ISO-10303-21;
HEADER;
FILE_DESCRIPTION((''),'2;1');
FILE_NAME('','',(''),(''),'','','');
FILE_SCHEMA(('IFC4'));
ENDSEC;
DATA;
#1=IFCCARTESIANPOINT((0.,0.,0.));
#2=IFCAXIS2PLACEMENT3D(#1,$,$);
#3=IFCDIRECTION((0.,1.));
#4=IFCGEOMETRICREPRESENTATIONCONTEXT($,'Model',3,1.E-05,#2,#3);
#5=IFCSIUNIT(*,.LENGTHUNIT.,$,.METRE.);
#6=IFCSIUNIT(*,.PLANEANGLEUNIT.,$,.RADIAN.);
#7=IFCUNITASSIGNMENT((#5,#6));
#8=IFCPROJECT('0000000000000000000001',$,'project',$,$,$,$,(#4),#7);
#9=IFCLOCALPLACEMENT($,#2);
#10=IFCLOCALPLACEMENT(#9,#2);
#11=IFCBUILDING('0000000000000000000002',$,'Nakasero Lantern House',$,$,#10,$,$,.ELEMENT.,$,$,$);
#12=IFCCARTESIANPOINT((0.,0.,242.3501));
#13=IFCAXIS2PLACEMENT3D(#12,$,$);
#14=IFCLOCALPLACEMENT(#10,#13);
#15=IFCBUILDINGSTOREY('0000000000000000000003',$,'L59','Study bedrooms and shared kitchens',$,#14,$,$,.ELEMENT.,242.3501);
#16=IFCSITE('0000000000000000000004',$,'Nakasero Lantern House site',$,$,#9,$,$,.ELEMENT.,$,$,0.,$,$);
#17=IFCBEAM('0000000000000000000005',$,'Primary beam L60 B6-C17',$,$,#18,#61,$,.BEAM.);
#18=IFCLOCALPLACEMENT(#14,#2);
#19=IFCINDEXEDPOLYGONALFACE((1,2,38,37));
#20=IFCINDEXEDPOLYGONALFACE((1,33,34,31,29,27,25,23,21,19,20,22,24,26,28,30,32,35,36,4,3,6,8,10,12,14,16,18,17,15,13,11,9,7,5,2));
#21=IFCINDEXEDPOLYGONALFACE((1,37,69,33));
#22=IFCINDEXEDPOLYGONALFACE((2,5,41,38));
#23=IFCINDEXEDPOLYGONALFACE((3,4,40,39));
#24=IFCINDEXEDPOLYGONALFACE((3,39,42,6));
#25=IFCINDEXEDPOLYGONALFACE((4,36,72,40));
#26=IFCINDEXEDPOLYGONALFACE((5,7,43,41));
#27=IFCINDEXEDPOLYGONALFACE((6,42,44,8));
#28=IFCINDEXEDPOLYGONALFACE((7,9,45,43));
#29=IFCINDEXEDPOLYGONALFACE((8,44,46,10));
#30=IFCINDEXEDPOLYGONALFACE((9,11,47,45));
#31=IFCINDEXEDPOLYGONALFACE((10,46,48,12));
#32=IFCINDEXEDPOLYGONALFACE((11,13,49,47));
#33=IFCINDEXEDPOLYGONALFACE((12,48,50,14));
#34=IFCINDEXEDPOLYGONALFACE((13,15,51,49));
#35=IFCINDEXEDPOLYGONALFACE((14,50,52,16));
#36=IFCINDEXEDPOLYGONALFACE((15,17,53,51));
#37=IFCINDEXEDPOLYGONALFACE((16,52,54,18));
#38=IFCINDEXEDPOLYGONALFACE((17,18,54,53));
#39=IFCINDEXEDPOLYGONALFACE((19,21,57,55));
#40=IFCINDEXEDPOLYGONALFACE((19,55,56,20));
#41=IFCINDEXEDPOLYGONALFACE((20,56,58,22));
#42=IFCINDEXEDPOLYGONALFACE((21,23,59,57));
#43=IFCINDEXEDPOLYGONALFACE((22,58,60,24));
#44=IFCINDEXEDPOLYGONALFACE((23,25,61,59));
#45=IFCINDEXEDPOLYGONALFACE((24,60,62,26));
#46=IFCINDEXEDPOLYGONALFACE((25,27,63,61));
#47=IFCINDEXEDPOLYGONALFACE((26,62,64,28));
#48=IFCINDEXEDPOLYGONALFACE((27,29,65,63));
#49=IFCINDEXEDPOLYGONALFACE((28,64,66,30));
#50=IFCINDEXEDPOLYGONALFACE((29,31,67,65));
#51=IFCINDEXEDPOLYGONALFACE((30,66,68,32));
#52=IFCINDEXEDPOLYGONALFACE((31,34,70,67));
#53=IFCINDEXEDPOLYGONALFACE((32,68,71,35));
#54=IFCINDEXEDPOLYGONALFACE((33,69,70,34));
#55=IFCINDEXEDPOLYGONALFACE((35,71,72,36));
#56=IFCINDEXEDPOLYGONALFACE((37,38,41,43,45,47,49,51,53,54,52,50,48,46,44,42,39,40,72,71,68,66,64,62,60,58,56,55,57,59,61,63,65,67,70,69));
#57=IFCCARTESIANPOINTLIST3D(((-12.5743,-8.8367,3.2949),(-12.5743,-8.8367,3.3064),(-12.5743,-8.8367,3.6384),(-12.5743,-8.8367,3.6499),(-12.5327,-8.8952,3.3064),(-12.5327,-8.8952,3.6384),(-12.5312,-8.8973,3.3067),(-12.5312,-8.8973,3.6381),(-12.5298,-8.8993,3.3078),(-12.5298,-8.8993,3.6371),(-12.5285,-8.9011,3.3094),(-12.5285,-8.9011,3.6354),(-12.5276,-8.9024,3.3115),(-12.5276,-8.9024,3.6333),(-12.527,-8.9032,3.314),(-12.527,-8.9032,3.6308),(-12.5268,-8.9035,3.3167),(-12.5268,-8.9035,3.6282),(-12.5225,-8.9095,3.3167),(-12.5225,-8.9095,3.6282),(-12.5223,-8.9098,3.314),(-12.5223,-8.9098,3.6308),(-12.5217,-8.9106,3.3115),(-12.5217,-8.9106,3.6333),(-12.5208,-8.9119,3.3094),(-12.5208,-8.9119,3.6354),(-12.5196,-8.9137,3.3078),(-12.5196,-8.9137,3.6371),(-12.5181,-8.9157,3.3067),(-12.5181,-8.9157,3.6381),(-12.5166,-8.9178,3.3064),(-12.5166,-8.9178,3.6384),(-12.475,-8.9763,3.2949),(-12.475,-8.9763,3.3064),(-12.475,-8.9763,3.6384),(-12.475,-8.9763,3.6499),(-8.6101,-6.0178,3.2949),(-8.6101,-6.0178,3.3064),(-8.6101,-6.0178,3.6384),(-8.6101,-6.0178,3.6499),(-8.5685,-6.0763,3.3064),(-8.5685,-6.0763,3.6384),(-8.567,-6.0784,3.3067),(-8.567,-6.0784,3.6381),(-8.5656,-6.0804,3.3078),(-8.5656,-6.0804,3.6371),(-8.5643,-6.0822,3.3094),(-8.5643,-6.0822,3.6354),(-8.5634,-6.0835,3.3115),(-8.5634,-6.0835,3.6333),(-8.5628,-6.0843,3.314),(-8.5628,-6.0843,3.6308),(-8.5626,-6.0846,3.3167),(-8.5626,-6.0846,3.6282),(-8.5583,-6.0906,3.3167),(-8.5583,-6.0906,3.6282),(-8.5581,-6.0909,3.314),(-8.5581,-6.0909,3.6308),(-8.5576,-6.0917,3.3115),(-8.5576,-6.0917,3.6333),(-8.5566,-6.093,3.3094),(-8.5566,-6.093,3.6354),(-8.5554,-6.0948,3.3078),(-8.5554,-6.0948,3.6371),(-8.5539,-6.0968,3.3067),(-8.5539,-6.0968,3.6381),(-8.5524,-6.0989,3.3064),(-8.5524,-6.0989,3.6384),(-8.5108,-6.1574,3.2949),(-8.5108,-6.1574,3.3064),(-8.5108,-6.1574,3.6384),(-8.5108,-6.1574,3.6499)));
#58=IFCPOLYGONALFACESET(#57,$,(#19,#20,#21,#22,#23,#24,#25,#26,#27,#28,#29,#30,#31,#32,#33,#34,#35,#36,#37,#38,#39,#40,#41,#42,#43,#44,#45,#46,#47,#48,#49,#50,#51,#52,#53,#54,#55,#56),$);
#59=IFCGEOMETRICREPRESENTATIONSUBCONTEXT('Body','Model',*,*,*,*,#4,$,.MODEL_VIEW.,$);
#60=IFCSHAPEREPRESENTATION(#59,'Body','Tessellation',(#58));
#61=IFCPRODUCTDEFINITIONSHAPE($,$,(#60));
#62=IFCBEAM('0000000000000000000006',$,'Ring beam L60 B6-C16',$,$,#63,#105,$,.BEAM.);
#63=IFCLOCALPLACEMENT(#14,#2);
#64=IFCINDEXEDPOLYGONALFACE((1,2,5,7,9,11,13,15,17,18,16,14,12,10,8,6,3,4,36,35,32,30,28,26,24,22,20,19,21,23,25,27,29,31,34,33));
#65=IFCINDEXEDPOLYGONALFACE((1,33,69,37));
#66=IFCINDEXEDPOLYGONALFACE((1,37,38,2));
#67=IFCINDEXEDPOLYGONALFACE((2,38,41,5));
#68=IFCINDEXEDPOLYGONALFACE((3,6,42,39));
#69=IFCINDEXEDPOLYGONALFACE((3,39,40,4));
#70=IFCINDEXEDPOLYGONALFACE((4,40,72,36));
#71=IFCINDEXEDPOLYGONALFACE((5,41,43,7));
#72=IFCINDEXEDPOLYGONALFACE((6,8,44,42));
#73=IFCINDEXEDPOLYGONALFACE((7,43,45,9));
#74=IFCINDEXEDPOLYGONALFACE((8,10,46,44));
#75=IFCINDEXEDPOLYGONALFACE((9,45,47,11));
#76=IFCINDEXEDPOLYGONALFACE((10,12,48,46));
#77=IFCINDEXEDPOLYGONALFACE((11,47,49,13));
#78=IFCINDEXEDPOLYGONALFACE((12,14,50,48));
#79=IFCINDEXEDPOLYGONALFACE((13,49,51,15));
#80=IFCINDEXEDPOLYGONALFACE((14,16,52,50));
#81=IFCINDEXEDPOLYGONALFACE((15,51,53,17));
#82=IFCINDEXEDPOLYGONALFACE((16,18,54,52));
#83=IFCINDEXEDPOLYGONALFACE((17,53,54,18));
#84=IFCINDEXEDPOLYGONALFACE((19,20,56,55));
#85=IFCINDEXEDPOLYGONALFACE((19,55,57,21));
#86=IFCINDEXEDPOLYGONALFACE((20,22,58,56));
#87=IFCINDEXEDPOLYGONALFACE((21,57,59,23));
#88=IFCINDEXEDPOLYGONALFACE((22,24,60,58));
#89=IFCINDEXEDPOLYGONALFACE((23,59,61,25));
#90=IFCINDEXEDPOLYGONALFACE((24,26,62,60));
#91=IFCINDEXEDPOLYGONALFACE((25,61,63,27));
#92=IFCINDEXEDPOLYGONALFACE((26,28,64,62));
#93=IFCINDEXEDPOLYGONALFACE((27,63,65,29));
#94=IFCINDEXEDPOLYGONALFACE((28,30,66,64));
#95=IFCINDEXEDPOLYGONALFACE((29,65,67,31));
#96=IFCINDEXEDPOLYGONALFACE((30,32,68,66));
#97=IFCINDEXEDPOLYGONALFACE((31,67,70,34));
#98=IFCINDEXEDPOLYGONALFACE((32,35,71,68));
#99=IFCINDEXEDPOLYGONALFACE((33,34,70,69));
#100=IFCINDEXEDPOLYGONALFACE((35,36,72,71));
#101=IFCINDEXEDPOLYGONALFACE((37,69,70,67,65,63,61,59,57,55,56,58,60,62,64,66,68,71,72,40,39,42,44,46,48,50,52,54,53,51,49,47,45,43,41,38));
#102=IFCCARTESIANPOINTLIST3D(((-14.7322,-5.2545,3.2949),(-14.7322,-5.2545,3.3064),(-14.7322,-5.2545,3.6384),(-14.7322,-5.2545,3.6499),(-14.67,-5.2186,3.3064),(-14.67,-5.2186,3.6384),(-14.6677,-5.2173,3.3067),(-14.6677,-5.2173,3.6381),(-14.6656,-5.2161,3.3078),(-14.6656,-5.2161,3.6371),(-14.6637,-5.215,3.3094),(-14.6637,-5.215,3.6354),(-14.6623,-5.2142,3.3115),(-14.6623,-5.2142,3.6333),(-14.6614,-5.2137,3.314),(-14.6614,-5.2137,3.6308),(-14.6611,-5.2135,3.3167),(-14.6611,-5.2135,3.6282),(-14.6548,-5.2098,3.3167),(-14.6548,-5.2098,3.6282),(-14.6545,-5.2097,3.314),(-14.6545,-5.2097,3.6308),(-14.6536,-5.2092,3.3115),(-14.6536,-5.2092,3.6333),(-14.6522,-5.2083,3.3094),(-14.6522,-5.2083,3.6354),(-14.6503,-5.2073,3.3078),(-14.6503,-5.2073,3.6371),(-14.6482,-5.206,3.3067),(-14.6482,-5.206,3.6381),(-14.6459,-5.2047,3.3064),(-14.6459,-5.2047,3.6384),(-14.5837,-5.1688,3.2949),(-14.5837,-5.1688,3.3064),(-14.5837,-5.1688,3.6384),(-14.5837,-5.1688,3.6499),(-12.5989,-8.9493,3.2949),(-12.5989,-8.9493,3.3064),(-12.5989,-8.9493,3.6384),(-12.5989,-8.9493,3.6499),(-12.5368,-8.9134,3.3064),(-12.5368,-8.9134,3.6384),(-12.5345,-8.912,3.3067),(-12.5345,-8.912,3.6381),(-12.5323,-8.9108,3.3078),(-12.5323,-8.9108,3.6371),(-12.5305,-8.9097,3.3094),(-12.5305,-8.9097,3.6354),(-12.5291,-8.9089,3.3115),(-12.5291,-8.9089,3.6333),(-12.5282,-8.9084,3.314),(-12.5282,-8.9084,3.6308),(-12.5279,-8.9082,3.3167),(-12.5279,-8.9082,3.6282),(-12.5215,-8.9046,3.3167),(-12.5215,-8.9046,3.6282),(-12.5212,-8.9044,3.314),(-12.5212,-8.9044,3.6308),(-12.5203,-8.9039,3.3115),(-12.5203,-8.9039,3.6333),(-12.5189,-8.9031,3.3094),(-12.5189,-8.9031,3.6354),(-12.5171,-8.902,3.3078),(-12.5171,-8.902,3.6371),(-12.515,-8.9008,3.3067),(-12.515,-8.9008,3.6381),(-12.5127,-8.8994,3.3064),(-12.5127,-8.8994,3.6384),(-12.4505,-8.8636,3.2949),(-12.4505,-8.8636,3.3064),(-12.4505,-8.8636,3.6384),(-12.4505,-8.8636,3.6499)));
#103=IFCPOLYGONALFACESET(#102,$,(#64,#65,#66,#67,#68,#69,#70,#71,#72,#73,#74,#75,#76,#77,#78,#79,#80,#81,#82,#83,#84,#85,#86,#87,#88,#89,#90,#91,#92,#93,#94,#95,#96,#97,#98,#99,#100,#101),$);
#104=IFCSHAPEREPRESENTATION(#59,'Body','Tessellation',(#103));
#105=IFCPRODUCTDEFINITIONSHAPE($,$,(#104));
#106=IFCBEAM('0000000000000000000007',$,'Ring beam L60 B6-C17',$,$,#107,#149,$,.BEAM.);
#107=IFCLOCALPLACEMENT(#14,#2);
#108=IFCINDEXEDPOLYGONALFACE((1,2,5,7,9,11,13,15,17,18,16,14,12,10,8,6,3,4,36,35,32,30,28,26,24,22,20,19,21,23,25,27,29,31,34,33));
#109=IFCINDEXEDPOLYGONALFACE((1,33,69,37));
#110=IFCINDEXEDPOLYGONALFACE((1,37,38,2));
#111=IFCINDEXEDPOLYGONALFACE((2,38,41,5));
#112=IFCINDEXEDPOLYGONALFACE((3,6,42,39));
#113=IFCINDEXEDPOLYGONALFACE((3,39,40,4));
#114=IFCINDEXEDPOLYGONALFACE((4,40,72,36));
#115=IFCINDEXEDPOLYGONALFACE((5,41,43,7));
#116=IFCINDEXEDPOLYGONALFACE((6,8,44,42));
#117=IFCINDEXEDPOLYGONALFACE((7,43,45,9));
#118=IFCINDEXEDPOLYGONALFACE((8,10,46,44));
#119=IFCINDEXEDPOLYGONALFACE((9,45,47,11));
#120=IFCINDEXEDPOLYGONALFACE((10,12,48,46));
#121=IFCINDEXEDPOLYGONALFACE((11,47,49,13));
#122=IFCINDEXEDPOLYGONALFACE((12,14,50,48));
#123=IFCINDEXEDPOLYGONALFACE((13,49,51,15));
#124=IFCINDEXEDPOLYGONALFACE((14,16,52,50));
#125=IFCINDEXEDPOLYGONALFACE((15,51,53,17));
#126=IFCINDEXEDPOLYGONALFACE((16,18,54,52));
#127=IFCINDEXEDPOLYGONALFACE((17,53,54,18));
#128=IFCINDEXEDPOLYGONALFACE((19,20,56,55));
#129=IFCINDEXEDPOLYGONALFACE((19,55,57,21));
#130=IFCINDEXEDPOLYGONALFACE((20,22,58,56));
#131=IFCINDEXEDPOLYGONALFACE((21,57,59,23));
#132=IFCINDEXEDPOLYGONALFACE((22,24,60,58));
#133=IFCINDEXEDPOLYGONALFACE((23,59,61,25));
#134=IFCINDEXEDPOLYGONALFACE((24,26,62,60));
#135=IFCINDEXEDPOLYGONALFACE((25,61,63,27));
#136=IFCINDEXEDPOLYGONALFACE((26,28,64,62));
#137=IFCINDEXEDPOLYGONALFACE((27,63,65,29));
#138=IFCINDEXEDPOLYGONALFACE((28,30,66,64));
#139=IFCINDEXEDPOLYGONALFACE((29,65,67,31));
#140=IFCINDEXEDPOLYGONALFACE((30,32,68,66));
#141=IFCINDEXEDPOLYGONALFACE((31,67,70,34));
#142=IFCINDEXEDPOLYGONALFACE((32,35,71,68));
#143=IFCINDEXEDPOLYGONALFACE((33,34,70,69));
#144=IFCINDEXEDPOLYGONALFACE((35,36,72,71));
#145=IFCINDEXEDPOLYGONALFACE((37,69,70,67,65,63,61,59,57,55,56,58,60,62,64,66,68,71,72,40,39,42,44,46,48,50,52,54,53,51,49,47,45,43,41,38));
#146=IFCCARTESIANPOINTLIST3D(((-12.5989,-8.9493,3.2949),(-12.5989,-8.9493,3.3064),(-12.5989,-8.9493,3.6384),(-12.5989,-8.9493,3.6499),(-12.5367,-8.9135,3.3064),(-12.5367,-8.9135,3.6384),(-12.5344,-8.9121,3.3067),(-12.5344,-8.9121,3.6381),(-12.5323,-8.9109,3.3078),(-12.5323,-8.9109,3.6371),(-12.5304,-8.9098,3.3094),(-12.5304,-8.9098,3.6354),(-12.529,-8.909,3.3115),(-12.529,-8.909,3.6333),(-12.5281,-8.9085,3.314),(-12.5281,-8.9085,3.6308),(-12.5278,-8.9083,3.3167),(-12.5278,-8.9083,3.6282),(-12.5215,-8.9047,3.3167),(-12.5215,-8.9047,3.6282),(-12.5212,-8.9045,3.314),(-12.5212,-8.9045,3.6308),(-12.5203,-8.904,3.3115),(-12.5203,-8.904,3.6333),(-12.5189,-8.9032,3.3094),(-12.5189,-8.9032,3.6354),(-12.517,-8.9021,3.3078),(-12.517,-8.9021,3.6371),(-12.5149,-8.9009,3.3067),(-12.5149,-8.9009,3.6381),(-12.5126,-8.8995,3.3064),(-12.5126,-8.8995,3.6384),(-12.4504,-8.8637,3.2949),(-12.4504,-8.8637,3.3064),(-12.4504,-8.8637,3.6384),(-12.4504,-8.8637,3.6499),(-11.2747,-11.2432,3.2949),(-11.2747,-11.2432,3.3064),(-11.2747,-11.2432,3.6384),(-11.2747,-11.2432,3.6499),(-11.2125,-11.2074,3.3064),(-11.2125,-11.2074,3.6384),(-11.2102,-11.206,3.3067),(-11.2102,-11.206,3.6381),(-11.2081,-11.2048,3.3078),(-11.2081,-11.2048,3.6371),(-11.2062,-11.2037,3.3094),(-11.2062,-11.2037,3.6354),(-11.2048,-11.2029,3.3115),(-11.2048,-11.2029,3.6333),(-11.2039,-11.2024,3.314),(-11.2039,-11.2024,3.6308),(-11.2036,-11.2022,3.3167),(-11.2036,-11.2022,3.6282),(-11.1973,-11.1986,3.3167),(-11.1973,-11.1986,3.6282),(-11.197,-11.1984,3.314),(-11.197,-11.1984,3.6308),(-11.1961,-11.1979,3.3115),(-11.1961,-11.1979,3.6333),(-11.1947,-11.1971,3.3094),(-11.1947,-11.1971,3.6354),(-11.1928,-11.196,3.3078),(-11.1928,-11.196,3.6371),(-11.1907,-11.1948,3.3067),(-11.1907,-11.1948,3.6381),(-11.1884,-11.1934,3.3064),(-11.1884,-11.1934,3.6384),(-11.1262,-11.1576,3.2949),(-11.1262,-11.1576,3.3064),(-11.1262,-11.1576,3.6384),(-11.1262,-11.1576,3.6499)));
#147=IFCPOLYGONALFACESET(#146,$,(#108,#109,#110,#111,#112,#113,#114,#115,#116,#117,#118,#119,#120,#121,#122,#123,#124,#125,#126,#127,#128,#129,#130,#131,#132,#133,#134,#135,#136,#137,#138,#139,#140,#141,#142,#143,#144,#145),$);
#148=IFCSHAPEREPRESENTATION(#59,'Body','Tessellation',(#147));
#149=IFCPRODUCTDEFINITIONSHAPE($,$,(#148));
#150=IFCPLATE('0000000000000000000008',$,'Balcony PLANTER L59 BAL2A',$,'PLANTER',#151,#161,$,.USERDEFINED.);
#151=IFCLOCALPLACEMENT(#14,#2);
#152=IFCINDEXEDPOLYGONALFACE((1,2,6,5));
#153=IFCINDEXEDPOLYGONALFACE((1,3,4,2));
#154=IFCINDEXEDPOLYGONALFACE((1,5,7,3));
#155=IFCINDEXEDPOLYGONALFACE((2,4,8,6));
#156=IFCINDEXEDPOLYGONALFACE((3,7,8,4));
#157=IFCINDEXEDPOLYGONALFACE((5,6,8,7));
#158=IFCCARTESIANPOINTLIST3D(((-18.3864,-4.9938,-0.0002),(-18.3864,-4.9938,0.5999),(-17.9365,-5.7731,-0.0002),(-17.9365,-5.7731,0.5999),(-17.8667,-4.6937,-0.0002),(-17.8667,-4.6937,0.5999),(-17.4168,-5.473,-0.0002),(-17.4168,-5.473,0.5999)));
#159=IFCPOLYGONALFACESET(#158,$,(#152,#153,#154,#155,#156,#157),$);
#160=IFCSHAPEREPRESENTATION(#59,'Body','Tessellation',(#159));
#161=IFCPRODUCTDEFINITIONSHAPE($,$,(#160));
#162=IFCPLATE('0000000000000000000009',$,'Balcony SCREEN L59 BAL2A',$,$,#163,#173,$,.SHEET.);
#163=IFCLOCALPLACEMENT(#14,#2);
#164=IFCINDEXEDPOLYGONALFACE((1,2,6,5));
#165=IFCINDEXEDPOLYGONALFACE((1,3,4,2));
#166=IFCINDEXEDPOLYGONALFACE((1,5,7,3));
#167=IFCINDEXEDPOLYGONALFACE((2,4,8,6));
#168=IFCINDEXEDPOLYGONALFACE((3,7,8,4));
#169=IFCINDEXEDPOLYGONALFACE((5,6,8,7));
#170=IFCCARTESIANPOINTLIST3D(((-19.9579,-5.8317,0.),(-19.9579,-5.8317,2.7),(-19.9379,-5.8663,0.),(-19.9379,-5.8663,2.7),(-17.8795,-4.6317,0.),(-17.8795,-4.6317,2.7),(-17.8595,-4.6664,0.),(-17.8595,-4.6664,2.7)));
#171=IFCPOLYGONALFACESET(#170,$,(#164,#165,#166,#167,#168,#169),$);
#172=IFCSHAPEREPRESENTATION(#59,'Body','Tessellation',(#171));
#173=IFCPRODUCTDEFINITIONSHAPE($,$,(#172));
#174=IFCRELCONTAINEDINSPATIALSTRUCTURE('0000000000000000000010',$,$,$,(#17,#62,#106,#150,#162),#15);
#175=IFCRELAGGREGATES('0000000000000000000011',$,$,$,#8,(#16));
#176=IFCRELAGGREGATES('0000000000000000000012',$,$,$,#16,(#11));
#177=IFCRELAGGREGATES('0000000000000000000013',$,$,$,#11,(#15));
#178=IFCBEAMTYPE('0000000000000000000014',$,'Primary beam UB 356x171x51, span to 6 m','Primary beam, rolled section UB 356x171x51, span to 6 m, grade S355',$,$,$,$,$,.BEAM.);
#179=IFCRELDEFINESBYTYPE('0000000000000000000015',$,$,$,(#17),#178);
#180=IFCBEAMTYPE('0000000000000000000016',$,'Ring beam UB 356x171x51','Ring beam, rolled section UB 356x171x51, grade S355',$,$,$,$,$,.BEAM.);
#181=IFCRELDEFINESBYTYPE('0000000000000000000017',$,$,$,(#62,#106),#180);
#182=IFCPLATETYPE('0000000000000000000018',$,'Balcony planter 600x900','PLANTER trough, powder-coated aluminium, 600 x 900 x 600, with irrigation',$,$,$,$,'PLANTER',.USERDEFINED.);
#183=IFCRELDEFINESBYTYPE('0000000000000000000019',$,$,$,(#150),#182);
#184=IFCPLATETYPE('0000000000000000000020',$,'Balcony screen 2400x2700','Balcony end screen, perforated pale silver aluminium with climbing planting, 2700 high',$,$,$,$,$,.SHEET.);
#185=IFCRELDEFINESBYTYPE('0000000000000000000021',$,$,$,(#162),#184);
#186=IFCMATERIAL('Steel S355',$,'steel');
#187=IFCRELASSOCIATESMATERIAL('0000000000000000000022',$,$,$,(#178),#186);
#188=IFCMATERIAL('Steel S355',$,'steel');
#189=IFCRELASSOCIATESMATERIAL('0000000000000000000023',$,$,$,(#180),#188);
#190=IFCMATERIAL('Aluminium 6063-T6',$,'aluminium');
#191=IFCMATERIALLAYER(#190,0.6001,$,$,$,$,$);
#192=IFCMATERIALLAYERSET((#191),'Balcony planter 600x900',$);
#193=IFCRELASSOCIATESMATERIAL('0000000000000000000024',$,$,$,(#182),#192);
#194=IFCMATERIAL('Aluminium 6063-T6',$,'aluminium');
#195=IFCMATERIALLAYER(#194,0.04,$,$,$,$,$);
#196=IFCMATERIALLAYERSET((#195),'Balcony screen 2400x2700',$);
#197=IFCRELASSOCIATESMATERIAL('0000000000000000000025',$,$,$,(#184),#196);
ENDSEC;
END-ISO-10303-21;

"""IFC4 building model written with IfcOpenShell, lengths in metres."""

from ifc_helpers import new_model, si_unit, direction, frame, origin, origin_2d, place, context, subcontext, project, spatial, rectangle, i_section, extrude, material, layer, layer_set, material_profile, profile_set, type_object, element, save


model = new_model("IFC4")

# Units and contexts
model_context = context("Model", 3, precision=1e-05, world=origin(), true_north=direction((0.0, 1.0)))
body_context = subcontext(model_context, "Body", "Model", "MODEL_VIEW")
ifc_project = project(units=[si_unit("LENGTHUNIT", "METRE"), si_unit("PLANEANGLEUNIT", "RADIAN")], contexts=[model_context])

# Site, building, storey
site_placement = place(None, origin())
site = spatial("IfcSite", under=ifc_project, at=site_placement, Name="Nakasero Lantern House site", CompositionType="ELEMENT", RefElevation=0.0)
building_placement = place(site_placement, origin())
building = spatial("IfcBuilding", under=site, at=building_placement, Name="Nakasero Lantern House", CompositionType="ELEMENT")
storey_placement = place(building_placement, frame((0.0, 0.0, 242.3501)))
storey = spatial("IfcBuildingStorey", under=building, at=storey_placement, Name="L59", Description="Study bedrooms and shared kitchens", CompositionType="ELEMENT", Elevation=242.3501)

# Beams
ifc_material_1 = material(Name="Steel S355", Category="steel")
ifc_material_profile_1 = material_profile(ifc_material_1, i_section(OverallWidth=0.1714, OverallDepth=0.355, WebThickness=0.0073, FlangeThickness=0.0115, FilletRadius=0.0103, at=origin_2d()), Name="UB 356x171x51")
ifc_profile_set_1 = profile_set([ifc_material_profile_1], Name="Steel S355")
beam_type_1 = type_object("IfcBeamType", Name="Primary beam UB 356x171x51, span to 6 m", Description="Primary beam, rolled section UB 356x171x51, span to 6 m, grade S355", PredefinedType="BEAM", material=ifc_profile_set_1)
beam_1_placement = place(storey_placement, frame((-12.5247, -8.9065, 3.4724), z_axis=(0.814963, 0.579513, 0.0), x_axis=(-0.579513, 0.814963, 0.0)))
element("IfcBeam", 1, at=beam_1_placement, inside=storey, type_object=beam_type_1, Name="Primary beam L60 B6-C17", PredefinedType="BEAM", context=body_context, shape_type="SweptSolid", body=[
    extrude(i_section(OverallWidth=0.1714, OverallDepth=0.355, WebThickness=0.0073, FlangeThickness=0.0115, FilletRadius=0.0103, at=origin_2d()), origin(), (0.0, 0.0, 1.0), 4.8643),
])
ifc_material_2 = material(Name="Steel S355", Category="steel")
ifc_material_profile_2 = material_profile(ifc_material_2, i_section(OverallWidth=0.1714, OverallDepth=0.355, WebThickness=0.0073, FlangeThickness=0.0115, FilletRadius=0.0103, at=origin_2d()), Name="UB 356x171x51")
ifc_profile_set_2 = profile_set([ifc_material_profile_2], Name="Steel S355")
beam_type_2 = type_object("IfcBeamType", Name="Ring beam UB 356x171x51", Description="Ring beam, rolled section UB 356x171x51, grade S355", PredefinedType="BEAM", material=ifc_profile_set_2)
beam_2_placement = place(storey_placement, frame((-14.658, -5.2117, 3.4724), z_axis=(0.500016, -0.866016, 0.0), x_axis=(0.866016, 0.500016, 0.0)))
element("IfcBeam", 2, at=beam_2_placement, inside=storey, type_object=beam_type_2, Name="Ring beam L60 B6-C16", PredefinedType="BEAM", context=body_context, shape_type="SweptSolid", body=[
    extrude(i_section(OverallWidth=0.1714, OverallDepth=0.355, WebThickness=0.0073, FlangeThickness=0.0115, FilletRadius=0.0103, at=origin_2d()), origin(), (0.0, 0.0, 1.0), 4.2664),
])
beam_3_placement = place(storey_placement, frame((-12.5247, -8.9065, 3.4724), z_axis=(0.499946, -0.866057, 0.0), x_axis=(0.866057, 0.499946, 0.0)))
element("IfcBeam", 3, at=beam_3_placement, inside=storey, type_object=beam_type_2, Name="Ring beam L60 B6-C17", PredefinedType="BEAM", context=body_context, shape_type="SweptSolid", body=[
    extrude(i_section(OverallWidth=0.1714, OverallDepth=0.355, WebThickness=0.0073, FlangeThickness=0.0115, FilletRadius=0.0103, at=origin_2d()), origin(), (0.0, 0.0, 1.0), 2.6487),
])

# Plates
ifc_material_3 = material(Name="Aluminium 6063-T6", Category="aluminium")
ifc_layer_1 = layer(ifc_material_3, 0.6001)
ifc_layer_set_1 = layer_set([ifc_layer_1], Name="Balcony planter 600x900")
plate_type_1 = type_object("IfcPlateType", Name="Balcony planter 600x900", Description="PLANTER trough, powder-coated aluminium, 600 x 900 x 600, with irrigation", ElementType="PLANTER", PredefinedType="USERDEFINED", material=ifc_layer_set_1)
plate_1_placement = place(storey_placement, frame((-17.9016, -5.2334, -0.0002), z_axis=(0.0, 0.0, 1.0), x_axis=(-0.866025, -0.5, 0.0)))
element("IfcPlate", 4, at=plate_1_placement, inside=storey, type_object=plate_type_1, Name="Balcony PLANTER L59 BAL2A", ObjectType="PLANTER", PredefinedType="USERDEFINED", context=body_context, shape_type="SweptSolid", body=[
    extrude(rectangle(XDim=0.6001, YDim=0.8999, at=origin_2d()), origin(), (0.0, 0.0, 1.0), 0.6001),
])
ifc_material_4 = material(Name="Aluminium 6063-T6", Category="aluminium")
ifc_layer_2 = layer(ifc_material_4, 0.04)
ifc_layer_set_2 = layer_set([ifc_layer_2], Name="Balcony screen 2400x2700")
plate_type_2 = type_object("IfcPlateType", Name="Balcony screen 2400x2700", Description="Balcony end screen, perforated pale silver aluminium with climbing planting, 2700 high", PredefinedType="SHEET", material=ifc_layer_set_2)
plate_2_placement = place(storey_placement, frame((-18.9087, -5.249, 0.0), z_axis=(0.0, 0.0, 1.0), x_axis=(-0.866025, -0.5, 0.0)))
element("IfcPlate", 5, at=plate_2_placement, inside=storey, type_object=plate_type_2, Name="Balcony SCREEN L59 BAL2A", PredefinedType="SHEET", context=body_context, shape_type="SweptSolid", body=[
    extrude(rectangle(XDim=2.3999, YDim=0.04, at=origin_2d()), origin(), (0.0, 0.0, 1.0), 2.7),
])

save(model, "model.ifc")
